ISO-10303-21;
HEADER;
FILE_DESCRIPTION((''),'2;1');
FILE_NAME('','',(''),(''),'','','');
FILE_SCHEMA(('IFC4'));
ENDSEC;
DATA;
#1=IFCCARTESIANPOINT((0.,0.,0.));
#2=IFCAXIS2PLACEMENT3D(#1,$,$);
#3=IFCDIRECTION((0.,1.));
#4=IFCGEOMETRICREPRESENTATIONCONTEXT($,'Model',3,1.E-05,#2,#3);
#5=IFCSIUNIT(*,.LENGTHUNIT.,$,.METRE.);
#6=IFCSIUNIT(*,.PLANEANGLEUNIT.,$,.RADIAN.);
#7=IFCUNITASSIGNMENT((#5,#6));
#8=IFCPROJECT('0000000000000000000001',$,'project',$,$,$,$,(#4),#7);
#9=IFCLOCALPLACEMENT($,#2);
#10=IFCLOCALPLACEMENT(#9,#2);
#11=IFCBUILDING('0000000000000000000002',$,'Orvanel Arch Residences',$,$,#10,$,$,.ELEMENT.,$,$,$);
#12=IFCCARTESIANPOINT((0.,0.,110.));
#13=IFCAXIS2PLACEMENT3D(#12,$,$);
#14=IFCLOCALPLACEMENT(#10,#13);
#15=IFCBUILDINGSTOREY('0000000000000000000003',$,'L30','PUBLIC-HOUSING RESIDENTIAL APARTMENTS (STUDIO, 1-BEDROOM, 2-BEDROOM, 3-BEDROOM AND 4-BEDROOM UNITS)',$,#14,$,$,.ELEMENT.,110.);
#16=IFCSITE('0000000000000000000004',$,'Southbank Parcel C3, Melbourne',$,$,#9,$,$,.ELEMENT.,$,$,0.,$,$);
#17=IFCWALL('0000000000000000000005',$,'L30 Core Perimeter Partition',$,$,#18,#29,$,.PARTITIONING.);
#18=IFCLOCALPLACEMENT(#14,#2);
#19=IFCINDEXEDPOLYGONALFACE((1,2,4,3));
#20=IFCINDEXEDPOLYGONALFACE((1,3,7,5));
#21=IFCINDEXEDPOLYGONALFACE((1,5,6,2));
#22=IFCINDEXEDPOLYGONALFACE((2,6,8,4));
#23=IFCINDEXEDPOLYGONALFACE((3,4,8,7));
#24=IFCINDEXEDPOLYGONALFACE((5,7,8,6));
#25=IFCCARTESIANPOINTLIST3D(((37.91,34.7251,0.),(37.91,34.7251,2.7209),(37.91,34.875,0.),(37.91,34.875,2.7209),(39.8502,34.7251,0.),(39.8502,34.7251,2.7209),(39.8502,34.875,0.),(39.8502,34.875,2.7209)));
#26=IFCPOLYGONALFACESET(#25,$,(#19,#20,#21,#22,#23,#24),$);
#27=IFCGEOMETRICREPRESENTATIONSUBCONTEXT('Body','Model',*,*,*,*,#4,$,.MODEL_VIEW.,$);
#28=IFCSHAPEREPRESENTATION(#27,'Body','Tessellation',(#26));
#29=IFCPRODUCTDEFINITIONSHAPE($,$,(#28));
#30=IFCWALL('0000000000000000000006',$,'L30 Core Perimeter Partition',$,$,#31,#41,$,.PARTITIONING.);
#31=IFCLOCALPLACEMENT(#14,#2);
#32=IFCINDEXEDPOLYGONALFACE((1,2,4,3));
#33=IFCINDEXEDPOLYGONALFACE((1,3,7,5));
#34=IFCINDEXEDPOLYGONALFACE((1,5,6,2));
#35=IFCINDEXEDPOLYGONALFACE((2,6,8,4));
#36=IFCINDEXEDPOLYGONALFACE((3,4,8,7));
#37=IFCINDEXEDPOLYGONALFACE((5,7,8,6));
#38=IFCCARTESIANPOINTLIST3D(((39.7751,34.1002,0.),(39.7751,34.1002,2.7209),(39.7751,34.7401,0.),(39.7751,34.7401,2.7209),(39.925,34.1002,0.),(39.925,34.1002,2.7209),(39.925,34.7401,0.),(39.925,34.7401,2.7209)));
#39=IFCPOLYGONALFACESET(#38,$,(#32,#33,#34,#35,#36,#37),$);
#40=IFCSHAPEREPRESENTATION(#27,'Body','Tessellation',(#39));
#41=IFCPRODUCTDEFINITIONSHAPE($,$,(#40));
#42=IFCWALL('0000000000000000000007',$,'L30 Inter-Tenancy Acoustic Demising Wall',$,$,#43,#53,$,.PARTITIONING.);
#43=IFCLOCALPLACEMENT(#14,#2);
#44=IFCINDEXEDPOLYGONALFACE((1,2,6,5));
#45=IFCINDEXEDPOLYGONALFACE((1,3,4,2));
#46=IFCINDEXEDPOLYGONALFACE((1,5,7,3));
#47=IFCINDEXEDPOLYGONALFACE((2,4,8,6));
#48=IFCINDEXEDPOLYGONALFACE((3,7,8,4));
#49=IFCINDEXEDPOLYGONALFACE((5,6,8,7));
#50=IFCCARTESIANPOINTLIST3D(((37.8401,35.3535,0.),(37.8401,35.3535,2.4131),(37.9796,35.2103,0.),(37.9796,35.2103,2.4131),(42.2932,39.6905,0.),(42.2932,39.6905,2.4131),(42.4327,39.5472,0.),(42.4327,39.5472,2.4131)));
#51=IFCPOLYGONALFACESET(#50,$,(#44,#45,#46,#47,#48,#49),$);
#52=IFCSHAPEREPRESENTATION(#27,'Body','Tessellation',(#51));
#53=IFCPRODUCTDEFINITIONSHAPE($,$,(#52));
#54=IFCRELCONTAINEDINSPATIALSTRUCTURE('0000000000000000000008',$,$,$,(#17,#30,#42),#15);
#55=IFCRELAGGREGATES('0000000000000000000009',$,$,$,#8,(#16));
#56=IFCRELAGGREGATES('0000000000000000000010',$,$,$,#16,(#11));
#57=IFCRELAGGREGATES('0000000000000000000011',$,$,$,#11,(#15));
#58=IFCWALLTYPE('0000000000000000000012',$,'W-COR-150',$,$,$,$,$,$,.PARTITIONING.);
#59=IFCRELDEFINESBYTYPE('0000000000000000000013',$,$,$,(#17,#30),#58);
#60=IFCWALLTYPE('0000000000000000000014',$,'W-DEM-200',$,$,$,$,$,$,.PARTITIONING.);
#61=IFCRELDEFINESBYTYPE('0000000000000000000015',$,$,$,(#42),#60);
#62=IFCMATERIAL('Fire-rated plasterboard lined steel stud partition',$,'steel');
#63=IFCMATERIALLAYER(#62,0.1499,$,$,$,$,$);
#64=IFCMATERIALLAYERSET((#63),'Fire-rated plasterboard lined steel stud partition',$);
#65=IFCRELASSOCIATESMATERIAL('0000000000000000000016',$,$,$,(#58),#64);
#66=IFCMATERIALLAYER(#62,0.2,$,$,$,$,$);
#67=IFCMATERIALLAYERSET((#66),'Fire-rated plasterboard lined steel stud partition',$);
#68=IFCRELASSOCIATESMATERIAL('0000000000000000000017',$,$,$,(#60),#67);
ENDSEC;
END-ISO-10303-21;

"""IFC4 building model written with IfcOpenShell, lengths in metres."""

from ifc_helpers import new_model, si_unit, direction, frame, frame_2d, origin, place, context, subcontext, project, spatial, rectangle, extrude, material, layer, layer_set, type_object, element, save


model = new_model("IFC4")

# Units and contexts
model_context = context("Model", 3, precision=1e-05, world=origin(), true_north=direction((0.0, 1.0)))
body_context = subcontext(model_context, "Body", "Model", "MODEL_VIEW")
ifc_project = project(units=[si_unit("LENGTHUNIT", "METRE"), si_unit("PLANEANGLEUNIT", "RADIAN")], contexts=[model_context])

# Site, building, storey
site_placement = place(None, origin())
site = spatial("IfcSite", under=ifc_project, at=site_placement, Name="Southbank Parcel C3, Melbourne", CompositionType="ELEMENT", RefElevation=0.0)
building_placement = place(site_placement, origin())
building = spatial("IfcBuilding", under=site, at=building_placement, Name="Orvanel Arch Residences", CompositionType="ELEMENT")
storey_placement = place(building_placement, frame((0.0, 0.0, 110.0)))
storey = spatial("IfcBuildingStorey", under=building, at=storey_placement, Name="L30", Description="PUBLIC-HOUSING RESIDENTIAL APARTMENTS (STUDIO, 1-BEDROOM, 2-BEDROOM, 3-BEDROOM AND 4-BEDROOM UNITS)", CompositionType="ELEMENT", Elevation=110.0)

# Walls
ifc_material_1 = material(Name="Fire-rated plasterboard lined steel stud partition", Category="steel")
ifc_layer_1 = layer(ifc_material_1, 0.1499)
ifc_layer_set_1 = layer_set([ifc_layer_1], Name="Fire-rated plasterboard lined steel stud partition")
wall_type_1 = type_object("IfcWallType", Name="W-COR-150", PredefinedType="PARTITIONING", material=ifc_layer_set_1)
wall_1_placement = place(storey_placement, frame((37.9099, 34.8, 0.0), z_axis=(0.0, 0.0, 1.0), x_axis=(1.0, 0.0, 0.0)))
element("IfcWall", 1, at=wall_1_placement, inside=storey, type_object=wall_type_1, Name="L30 Core Perimeter Partition", PredefinedType="PARTITIONING", context=body_context, shape_type="SweptSolid", body=[
    extrude(rectangle(XDim=1.9402, YDim=0.1499, at=frame_2d((0.9702, 0.0))), origin(), (0.0, 0.0, 1.0), 2.7209),
])
wall_2_placement = place(storey_placement, frame((39.8501, 34.74, 0.0), z_axis=(0.0, 0.0, 1.0), x_axis=(0.0, -1.0, 0.0)))
element("IfcWall", 2, at=wall_2_placement, inside=storey, type_object=wall_type_1, Name="L30 Core Perimeter Partition", PredefinedType="PARTITIONING", context=body_context, shape_type="SweptSolid", body=[
    extrude(rectangle(XDim=0.6399, YDim=0.1499, at=frame_2d((0.3198, 0.0))), origin(), (0.0, 0.0, 1.0), 2.7209),
])
ifc_layer_2 = layer(ifc_material_1, 0.2)
ifc_layer_set_2 = layer_set([ifc_layer_2], Name="Fire-rated plasterboard lined steel stud partition")
wall_type_2 = type_object("IfcWallType", Name="W-DEM-200", PredefinedType="PARTITIONING", material=ifc_layer_set_2)
wall_3_placement = place(storey_placement, frame((37.9099, 35.282, 0.0), z_axis=(0.0, 0.0, 1.0), x_axis=(0.716393, 0.697697, 0.0)))
element("IfcWall", 3, at=wall_3_placement, inside=storey, type_object=wall_type_2, Name="L30 Inter-Tenancy Acoustic Demising Wall", PredefinedType="PARTITIONING", context=body_context, shape_type="SweptSolid", body=[
    extrude(rectangle(XDim=6.2161, YDim=0.2, at=frame_2d((3.1079, 0.0))), origin(), (0.0, 0.0, 1.0), 2.4131),
])

save(model, "model.ifc")
